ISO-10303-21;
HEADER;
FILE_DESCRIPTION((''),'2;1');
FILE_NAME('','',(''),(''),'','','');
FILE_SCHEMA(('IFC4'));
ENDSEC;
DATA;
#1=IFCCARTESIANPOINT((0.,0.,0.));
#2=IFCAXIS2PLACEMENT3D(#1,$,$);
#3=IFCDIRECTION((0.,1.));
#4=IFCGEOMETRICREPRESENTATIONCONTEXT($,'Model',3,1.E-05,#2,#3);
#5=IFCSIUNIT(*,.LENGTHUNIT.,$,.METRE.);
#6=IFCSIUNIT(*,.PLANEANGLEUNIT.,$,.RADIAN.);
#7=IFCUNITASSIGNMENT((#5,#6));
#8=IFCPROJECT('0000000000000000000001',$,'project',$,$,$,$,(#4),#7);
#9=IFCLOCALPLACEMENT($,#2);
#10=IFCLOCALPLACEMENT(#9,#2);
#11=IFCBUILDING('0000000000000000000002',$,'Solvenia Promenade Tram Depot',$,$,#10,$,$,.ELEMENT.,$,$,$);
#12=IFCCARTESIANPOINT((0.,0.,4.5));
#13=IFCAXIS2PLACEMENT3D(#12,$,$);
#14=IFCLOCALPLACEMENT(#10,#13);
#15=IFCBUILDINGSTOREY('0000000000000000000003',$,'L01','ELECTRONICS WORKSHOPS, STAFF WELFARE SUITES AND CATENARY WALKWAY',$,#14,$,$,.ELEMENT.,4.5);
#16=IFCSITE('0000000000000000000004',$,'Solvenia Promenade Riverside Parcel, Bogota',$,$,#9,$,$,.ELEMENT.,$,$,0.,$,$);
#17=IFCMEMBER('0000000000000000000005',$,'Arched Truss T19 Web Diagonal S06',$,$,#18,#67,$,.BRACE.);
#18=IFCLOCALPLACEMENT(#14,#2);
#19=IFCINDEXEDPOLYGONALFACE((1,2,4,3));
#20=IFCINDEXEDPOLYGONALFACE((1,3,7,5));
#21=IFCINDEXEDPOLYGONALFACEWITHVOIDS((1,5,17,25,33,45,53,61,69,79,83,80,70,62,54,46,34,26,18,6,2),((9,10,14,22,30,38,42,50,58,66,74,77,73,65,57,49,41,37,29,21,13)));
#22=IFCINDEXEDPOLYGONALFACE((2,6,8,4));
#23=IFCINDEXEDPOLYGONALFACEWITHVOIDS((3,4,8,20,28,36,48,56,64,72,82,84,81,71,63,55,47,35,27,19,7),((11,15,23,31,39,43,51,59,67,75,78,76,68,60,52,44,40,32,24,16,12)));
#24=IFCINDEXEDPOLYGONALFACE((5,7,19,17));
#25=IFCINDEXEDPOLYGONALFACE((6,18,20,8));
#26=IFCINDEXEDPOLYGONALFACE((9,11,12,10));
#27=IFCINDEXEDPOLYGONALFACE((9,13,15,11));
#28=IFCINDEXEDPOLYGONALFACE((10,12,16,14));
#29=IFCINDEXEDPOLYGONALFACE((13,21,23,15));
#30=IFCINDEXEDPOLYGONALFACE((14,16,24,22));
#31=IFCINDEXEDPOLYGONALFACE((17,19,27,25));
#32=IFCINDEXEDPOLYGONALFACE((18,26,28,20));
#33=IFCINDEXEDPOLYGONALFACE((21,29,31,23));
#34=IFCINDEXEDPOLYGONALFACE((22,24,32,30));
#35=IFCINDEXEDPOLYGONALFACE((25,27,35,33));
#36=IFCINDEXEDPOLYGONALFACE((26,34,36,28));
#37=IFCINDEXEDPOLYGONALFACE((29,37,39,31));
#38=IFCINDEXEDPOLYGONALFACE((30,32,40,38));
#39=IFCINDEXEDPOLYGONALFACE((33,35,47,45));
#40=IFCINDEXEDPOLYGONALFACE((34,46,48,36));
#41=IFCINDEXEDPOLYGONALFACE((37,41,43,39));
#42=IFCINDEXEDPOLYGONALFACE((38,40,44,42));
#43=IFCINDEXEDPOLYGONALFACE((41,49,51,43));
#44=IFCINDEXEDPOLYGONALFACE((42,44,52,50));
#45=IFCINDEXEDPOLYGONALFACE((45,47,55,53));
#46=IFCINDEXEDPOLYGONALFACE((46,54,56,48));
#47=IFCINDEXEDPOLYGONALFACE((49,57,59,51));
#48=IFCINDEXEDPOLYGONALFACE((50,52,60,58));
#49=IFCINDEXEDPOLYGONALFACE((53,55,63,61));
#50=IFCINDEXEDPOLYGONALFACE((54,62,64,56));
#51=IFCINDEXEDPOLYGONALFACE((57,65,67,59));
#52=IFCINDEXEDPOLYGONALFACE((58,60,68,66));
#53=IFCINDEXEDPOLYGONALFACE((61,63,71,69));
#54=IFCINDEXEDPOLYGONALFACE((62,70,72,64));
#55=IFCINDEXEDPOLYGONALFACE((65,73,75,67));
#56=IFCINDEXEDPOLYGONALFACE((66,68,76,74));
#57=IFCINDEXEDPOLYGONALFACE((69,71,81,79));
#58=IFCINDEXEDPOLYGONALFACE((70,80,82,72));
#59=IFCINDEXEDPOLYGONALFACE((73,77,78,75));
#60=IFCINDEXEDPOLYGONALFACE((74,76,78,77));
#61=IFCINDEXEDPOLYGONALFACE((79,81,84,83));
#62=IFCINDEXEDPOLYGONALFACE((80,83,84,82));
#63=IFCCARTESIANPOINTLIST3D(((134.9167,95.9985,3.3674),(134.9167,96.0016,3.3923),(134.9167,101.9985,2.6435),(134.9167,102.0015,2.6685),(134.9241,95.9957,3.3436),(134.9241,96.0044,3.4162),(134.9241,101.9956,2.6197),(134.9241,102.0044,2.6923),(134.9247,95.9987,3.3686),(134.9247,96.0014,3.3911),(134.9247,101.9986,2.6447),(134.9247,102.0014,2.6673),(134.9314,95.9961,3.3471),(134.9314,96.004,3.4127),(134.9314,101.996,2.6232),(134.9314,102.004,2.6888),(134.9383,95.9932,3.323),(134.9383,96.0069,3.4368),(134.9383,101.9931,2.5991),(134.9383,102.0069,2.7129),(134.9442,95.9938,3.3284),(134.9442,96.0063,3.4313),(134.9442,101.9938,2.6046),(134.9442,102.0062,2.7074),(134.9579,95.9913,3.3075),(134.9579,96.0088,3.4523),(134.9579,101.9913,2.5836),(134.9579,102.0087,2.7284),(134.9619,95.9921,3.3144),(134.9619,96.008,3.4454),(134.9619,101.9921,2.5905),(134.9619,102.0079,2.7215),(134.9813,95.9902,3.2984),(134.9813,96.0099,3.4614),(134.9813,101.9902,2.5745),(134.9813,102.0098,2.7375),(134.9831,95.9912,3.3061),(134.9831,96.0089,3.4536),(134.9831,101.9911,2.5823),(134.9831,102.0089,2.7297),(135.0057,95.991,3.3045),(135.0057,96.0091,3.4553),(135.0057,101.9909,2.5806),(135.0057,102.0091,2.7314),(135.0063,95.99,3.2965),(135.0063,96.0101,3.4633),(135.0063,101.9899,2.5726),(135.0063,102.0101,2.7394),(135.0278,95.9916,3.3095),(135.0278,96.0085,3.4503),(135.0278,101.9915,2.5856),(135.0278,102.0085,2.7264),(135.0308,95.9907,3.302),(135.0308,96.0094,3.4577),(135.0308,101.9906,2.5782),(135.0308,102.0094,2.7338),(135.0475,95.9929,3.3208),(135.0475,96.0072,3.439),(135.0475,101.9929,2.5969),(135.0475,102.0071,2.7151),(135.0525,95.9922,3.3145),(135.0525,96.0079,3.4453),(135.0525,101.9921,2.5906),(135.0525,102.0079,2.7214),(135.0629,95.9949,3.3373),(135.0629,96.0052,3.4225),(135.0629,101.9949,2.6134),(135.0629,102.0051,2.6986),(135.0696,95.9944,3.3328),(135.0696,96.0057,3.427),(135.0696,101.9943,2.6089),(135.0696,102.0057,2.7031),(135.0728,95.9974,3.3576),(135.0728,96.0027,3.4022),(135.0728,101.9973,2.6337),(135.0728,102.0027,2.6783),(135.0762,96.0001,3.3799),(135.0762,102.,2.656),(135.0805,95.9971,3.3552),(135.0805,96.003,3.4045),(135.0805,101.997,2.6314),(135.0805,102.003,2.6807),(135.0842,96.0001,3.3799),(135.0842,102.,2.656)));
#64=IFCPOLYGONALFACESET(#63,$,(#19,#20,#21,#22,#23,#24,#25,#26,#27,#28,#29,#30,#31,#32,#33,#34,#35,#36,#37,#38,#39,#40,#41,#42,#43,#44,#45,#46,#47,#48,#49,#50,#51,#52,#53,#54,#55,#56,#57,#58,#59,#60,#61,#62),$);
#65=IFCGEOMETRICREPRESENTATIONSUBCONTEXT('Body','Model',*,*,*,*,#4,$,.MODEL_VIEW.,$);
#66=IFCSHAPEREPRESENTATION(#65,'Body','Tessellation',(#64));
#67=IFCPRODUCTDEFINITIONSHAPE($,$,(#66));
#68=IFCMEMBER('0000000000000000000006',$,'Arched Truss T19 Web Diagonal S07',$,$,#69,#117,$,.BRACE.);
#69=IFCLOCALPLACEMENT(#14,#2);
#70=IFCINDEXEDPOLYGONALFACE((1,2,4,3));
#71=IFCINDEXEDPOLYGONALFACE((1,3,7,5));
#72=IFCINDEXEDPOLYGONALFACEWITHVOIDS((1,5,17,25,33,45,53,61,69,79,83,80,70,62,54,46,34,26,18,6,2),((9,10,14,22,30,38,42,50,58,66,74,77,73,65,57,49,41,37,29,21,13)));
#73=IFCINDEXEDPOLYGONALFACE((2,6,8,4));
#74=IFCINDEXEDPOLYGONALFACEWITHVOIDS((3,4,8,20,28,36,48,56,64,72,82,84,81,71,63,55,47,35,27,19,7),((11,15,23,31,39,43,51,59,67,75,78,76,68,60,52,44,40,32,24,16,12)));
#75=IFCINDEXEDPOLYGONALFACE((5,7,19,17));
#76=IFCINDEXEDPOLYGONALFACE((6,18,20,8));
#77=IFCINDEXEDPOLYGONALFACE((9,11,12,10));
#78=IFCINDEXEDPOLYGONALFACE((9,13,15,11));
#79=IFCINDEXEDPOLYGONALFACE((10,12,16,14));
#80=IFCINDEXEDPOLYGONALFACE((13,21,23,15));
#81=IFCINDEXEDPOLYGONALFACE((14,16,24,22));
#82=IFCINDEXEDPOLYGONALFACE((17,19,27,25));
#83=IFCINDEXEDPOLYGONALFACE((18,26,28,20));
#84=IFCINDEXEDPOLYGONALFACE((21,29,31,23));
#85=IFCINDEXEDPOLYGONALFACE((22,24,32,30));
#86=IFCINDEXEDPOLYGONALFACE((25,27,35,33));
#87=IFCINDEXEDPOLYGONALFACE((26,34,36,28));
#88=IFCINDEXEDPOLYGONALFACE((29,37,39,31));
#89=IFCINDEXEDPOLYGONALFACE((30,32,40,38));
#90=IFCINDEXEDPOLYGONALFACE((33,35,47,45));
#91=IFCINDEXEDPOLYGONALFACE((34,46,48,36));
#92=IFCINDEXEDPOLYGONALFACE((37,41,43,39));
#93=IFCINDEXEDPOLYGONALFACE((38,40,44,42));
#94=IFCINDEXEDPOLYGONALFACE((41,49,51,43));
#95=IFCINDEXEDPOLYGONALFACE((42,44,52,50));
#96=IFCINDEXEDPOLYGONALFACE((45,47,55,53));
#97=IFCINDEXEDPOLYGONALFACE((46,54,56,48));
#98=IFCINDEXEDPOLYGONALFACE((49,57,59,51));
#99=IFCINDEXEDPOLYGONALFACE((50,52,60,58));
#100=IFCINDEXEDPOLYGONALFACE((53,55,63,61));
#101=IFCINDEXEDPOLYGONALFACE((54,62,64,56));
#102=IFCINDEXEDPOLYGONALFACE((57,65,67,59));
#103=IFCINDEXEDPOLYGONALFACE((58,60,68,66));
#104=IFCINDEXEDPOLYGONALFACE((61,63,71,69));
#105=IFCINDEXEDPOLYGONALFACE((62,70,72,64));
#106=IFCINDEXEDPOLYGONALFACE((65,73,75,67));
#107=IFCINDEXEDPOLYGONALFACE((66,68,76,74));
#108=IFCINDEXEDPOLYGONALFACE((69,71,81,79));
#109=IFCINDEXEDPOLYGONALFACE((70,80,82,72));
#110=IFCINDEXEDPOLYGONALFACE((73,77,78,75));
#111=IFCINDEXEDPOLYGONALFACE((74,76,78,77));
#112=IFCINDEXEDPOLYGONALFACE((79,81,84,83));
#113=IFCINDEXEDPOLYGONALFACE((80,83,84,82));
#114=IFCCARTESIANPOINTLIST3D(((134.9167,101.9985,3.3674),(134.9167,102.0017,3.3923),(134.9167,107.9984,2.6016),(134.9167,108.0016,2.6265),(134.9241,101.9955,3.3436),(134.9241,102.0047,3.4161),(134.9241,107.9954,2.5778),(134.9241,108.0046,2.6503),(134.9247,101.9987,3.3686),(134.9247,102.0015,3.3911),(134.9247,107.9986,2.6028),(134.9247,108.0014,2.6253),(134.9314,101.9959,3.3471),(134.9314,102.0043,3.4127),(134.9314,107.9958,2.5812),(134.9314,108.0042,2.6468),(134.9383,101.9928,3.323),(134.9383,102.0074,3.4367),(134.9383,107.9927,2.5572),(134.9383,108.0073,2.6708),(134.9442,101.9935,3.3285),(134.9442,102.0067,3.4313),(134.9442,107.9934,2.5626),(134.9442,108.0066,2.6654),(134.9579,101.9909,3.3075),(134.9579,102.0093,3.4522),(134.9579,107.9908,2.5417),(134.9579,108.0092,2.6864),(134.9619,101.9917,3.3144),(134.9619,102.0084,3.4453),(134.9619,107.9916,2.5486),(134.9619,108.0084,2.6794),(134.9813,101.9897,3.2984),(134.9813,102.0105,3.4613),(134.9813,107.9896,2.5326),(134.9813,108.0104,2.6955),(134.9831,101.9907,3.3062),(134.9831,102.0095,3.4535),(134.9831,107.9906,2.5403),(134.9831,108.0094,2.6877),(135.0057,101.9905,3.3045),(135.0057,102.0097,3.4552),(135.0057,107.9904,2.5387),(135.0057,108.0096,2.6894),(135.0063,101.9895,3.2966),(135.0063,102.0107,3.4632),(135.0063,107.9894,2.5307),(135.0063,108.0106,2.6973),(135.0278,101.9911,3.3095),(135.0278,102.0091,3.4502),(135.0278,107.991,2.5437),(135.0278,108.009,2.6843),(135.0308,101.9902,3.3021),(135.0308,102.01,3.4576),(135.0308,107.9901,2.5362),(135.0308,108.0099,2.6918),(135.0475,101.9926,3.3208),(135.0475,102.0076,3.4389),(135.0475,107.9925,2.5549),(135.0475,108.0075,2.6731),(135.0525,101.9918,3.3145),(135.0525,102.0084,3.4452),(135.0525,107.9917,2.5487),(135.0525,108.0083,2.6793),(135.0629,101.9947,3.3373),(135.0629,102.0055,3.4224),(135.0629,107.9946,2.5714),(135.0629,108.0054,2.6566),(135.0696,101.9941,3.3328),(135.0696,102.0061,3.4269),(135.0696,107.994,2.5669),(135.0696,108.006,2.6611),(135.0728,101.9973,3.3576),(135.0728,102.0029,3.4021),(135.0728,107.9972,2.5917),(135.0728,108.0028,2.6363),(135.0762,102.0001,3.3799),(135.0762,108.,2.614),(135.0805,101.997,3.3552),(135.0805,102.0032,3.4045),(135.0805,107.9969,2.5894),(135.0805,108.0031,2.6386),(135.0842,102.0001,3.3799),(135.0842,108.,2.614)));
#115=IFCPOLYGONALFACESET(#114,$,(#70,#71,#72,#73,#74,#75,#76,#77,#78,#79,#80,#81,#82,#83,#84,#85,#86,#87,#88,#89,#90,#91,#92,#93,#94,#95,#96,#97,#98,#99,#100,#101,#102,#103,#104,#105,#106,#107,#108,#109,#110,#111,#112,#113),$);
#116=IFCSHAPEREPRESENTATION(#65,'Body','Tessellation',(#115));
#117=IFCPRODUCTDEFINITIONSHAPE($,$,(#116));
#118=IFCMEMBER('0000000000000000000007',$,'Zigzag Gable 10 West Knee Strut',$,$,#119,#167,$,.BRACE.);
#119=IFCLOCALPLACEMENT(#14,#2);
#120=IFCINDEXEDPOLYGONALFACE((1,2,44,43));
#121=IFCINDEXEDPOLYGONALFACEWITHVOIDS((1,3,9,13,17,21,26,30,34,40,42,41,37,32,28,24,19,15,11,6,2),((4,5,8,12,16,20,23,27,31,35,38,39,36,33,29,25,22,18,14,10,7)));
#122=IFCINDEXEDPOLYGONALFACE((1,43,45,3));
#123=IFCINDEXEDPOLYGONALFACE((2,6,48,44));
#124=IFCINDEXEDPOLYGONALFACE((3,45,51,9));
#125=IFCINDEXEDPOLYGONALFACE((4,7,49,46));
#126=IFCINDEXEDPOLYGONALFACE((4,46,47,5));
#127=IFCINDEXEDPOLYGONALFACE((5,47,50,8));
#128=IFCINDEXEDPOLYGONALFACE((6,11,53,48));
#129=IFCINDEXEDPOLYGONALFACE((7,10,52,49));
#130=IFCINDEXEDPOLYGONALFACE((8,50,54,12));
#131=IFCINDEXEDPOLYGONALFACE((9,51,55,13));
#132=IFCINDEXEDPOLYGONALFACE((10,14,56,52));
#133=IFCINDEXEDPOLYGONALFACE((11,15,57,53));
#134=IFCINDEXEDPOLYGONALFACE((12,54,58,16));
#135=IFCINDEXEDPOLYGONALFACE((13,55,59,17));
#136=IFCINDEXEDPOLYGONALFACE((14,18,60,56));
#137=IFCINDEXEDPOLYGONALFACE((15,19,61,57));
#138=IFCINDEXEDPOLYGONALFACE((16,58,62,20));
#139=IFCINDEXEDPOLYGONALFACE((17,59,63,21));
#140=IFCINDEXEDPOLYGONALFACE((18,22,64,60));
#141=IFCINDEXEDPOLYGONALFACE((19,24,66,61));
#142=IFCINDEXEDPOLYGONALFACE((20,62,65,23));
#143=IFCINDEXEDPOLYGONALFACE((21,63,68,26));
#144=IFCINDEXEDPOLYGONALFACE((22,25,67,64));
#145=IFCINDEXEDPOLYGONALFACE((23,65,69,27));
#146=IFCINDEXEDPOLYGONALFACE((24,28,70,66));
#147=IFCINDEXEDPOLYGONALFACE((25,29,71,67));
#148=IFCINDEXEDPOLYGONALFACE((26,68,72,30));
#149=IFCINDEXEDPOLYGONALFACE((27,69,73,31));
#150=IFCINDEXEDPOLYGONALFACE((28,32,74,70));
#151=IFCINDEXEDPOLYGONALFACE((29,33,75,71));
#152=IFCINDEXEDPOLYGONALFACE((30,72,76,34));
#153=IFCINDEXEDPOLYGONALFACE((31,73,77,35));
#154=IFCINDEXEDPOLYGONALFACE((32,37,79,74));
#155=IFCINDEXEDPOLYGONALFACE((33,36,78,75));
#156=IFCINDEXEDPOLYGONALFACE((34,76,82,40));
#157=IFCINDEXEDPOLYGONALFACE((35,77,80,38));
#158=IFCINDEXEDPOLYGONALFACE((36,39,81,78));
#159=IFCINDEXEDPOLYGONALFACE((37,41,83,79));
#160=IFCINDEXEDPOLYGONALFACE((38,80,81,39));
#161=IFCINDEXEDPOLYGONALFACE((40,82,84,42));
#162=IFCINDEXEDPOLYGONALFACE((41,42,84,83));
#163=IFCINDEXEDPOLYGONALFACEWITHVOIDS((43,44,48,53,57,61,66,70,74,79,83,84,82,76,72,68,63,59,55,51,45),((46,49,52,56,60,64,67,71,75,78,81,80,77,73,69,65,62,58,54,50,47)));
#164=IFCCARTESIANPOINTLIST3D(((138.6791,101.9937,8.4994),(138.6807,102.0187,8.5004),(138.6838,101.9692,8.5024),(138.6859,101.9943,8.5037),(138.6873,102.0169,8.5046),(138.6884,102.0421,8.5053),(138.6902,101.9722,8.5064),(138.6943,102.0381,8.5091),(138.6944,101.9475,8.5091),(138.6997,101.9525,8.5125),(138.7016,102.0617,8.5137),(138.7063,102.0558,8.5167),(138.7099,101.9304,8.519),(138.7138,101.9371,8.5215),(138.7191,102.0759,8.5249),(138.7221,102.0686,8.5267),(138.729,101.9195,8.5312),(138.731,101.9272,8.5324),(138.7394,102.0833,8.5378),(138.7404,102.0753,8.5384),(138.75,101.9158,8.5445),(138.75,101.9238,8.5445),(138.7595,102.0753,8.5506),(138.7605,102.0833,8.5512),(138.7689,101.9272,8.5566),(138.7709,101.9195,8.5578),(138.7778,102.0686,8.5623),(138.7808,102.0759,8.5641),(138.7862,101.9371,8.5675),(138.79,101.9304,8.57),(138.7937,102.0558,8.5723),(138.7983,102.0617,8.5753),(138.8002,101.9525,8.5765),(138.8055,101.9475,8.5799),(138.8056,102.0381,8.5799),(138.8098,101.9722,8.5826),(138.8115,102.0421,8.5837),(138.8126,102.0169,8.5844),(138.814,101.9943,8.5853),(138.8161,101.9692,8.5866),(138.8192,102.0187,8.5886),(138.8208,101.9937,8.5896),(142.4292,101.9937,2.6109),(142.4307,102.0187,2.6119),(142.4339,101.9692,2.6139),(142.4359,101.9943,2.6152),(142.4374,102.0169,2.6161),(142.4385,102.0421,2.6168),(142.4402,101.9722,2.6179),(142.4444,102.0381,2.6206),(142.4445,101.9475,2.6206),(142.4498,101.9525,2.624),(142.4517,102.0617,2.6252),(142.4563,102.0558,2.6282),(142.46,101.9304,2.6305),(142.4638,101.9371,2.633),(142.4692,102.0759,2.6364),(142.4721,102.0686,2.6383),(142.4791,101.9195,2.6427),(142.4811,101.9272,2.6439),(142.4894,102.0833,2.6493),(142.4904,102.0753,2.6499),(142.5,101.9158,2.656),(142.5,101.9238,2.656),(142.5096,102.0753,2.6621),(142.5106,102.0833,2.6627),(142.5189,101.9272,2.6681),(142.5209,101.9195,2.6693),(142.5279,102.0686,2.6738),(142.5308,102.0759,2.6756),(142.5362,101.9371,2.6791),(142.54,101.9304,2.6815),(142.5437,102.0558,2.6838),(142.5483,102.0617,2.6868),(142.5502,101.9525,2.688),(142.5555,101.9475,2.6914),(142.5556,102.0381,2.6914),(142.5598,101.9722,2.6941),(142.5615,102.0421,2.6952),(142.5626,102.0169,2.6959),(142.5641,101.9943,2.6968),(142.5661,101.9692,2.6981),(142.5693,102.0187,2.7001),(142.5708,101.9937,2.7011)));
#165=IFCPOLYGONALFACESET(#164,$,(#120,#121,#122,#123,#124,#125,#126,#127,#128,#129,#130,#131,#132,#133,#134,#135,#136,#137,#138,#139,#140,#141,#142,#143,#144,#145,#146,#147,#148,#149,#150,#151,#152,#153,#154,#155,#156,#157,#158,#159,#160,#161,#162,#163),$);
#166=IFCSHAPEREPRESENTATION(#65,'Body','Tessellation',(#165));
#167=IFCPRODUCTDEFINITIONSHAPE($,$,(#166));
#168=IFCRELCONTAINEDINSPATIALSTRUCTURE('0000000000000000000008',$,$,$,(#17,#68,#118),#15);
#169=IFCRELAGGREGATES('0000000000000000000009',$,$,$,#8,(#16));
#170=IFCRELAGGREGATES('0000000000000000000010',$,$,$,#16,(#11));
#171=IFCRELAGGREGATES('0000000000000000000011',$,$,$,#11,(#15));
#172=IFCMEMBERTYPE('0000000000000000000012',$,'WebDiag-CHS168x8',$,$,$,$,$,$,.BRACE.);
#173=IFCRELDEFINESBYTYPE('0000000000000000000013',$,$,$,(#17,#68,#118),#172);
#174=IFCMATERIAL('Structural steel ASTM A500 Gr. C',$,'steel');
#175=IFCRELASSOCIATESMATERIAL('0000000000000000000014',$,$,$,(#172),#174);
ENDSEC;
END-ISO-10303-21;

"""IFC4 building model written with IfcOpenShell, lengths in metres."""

from ifc_helpers import new_model, si_unit, direction, frame, origin, origin_2d, place, context, subcontext, project, spatial, hollow_circle, extrude, material, material_profile, profile_set, type_object, element, save


model = new_model("IFC4")

# Units and contexts
model_context = context("Model", 3, precision=1e-05, world=origin(), true_north=direction((0.0, 1.0)))
body_context = subcontext(model_context, "Body", "Model", "MODEL_VIEW")
ifc_project = project(units=[si_unit("LENGTHUNIT", "METRE"), si_unit("PLANEANGLEUNIT", "RADIAN")], contexts=[model_context])

# Site, building, storey
site_placement = place(None, origin())
site = spatial("IfcSite", under=ifc_project, at=site_placement, Name="Solvenia Promenade Riverside Parcel, Bogota", CompositionType="ELEMENT", RefElevation=0.0)
building_placement = place(site_placement, origin())
building = spatial("IfcBuilding", under=site, at=building_placement, Name="Solvenia Promenade Tram Depot", CompositionType="ELEMENT")
storey_placement = place(building_placement, frame((0.0, 0.0, 4.5)))
storey = spatial("IfcBuildingStorey", under=building, at=storey_placement, Name="L01", Description="ELECTRONICS WORKSHOPS, STAFF WELFARE SUITES AND CATENARY WALKWAY", CompositionType="ELEMENT", Elevation=4.5)

# Shared definitions
ifc_material_1 = material(Name="Structural steel ASTM A500 Gr. C", Category="steel")

# Members
ifc_material_profile_1 = material_profile(ifc_material_1, hollow_circle(Radius=0.0842, WallThickness=0.0081, at=origin_2d()), Name="CHS168.3x8", Category="steel")
ifc_profile_set_1 = profile_set([ifc_material_profile_1], Name="Structural steel ASTM A500 Gr. C")
member_type_1 = type_object("IfcMemberType", Name="WebDiag-CHS168x8", PredefinedType="BRACE", material=ifc_profile_set_1)
member_1_placement = place(storey_placement, frame((135.0, 102.0, 2.656), z_axis=(0.0, -0.992801, 0.119778), x_axis=(1.0, 0.0, 0.0)))
element("IfcMember", 1, at=member_1_placement, inside=storey, type_object=member_type_1, Name="Arched Truss T19 Web Diagonal S06", PredefinedType="BRACE", context=body_context, shape_type="SweptSolid", body=[
    extrude(hollow_circle(Radius=0.0842, WallThickness=0.0081, at=origin_2d()), origin(), (0.0, 0.0, 1.0), 6.0435),
])
member_2_placement = place(storey_placement, frame((135.0, 108.0, 2.614), z_axis=(0.0, -0.991952, 0.126618), x_axis=(1.0, 0.0, 0.0)))
element("IfcMember", 2, at=member_2_placement, inside=storey, type_object=member_type_1, Name="Arched Truss T19 Web Diagonal S07", PredefinedType="BRACE", context=body_context, shape_type="SweptSolid", body=[
    extrude(hollow_circle(Radius=0.0842, WallThickness=0.0081, at=origin_2d()), origin(), (0.0, 0.0, 1.0), 6.0486),
])
for number, where, z_axis, x_axis, name in (
    (3, (142.5, 102.0, 2.656), (-0.537163, 0.0, 0.843479), (0.0, -1.0, 0.0), "Zigzag Gable 10 West Knee Strut"),
):
    element("IfcMember", number, at=place(storey_placement, frame(where, z_axis=z_axis, x_axis=x_axis)), inside=storey, type_object=member_type_1, Name=name, PredefinedType="BRACE", context=body_context, shape_type="SweptSolid", body=[
        extrude(hollow_circle(Radius=0.0842, WallThickness=0.0081, at=origin_2d()), origin(), (0.0, 0.0, 1.0), 6.9812),
    ])

save(model, "model.ifc")
